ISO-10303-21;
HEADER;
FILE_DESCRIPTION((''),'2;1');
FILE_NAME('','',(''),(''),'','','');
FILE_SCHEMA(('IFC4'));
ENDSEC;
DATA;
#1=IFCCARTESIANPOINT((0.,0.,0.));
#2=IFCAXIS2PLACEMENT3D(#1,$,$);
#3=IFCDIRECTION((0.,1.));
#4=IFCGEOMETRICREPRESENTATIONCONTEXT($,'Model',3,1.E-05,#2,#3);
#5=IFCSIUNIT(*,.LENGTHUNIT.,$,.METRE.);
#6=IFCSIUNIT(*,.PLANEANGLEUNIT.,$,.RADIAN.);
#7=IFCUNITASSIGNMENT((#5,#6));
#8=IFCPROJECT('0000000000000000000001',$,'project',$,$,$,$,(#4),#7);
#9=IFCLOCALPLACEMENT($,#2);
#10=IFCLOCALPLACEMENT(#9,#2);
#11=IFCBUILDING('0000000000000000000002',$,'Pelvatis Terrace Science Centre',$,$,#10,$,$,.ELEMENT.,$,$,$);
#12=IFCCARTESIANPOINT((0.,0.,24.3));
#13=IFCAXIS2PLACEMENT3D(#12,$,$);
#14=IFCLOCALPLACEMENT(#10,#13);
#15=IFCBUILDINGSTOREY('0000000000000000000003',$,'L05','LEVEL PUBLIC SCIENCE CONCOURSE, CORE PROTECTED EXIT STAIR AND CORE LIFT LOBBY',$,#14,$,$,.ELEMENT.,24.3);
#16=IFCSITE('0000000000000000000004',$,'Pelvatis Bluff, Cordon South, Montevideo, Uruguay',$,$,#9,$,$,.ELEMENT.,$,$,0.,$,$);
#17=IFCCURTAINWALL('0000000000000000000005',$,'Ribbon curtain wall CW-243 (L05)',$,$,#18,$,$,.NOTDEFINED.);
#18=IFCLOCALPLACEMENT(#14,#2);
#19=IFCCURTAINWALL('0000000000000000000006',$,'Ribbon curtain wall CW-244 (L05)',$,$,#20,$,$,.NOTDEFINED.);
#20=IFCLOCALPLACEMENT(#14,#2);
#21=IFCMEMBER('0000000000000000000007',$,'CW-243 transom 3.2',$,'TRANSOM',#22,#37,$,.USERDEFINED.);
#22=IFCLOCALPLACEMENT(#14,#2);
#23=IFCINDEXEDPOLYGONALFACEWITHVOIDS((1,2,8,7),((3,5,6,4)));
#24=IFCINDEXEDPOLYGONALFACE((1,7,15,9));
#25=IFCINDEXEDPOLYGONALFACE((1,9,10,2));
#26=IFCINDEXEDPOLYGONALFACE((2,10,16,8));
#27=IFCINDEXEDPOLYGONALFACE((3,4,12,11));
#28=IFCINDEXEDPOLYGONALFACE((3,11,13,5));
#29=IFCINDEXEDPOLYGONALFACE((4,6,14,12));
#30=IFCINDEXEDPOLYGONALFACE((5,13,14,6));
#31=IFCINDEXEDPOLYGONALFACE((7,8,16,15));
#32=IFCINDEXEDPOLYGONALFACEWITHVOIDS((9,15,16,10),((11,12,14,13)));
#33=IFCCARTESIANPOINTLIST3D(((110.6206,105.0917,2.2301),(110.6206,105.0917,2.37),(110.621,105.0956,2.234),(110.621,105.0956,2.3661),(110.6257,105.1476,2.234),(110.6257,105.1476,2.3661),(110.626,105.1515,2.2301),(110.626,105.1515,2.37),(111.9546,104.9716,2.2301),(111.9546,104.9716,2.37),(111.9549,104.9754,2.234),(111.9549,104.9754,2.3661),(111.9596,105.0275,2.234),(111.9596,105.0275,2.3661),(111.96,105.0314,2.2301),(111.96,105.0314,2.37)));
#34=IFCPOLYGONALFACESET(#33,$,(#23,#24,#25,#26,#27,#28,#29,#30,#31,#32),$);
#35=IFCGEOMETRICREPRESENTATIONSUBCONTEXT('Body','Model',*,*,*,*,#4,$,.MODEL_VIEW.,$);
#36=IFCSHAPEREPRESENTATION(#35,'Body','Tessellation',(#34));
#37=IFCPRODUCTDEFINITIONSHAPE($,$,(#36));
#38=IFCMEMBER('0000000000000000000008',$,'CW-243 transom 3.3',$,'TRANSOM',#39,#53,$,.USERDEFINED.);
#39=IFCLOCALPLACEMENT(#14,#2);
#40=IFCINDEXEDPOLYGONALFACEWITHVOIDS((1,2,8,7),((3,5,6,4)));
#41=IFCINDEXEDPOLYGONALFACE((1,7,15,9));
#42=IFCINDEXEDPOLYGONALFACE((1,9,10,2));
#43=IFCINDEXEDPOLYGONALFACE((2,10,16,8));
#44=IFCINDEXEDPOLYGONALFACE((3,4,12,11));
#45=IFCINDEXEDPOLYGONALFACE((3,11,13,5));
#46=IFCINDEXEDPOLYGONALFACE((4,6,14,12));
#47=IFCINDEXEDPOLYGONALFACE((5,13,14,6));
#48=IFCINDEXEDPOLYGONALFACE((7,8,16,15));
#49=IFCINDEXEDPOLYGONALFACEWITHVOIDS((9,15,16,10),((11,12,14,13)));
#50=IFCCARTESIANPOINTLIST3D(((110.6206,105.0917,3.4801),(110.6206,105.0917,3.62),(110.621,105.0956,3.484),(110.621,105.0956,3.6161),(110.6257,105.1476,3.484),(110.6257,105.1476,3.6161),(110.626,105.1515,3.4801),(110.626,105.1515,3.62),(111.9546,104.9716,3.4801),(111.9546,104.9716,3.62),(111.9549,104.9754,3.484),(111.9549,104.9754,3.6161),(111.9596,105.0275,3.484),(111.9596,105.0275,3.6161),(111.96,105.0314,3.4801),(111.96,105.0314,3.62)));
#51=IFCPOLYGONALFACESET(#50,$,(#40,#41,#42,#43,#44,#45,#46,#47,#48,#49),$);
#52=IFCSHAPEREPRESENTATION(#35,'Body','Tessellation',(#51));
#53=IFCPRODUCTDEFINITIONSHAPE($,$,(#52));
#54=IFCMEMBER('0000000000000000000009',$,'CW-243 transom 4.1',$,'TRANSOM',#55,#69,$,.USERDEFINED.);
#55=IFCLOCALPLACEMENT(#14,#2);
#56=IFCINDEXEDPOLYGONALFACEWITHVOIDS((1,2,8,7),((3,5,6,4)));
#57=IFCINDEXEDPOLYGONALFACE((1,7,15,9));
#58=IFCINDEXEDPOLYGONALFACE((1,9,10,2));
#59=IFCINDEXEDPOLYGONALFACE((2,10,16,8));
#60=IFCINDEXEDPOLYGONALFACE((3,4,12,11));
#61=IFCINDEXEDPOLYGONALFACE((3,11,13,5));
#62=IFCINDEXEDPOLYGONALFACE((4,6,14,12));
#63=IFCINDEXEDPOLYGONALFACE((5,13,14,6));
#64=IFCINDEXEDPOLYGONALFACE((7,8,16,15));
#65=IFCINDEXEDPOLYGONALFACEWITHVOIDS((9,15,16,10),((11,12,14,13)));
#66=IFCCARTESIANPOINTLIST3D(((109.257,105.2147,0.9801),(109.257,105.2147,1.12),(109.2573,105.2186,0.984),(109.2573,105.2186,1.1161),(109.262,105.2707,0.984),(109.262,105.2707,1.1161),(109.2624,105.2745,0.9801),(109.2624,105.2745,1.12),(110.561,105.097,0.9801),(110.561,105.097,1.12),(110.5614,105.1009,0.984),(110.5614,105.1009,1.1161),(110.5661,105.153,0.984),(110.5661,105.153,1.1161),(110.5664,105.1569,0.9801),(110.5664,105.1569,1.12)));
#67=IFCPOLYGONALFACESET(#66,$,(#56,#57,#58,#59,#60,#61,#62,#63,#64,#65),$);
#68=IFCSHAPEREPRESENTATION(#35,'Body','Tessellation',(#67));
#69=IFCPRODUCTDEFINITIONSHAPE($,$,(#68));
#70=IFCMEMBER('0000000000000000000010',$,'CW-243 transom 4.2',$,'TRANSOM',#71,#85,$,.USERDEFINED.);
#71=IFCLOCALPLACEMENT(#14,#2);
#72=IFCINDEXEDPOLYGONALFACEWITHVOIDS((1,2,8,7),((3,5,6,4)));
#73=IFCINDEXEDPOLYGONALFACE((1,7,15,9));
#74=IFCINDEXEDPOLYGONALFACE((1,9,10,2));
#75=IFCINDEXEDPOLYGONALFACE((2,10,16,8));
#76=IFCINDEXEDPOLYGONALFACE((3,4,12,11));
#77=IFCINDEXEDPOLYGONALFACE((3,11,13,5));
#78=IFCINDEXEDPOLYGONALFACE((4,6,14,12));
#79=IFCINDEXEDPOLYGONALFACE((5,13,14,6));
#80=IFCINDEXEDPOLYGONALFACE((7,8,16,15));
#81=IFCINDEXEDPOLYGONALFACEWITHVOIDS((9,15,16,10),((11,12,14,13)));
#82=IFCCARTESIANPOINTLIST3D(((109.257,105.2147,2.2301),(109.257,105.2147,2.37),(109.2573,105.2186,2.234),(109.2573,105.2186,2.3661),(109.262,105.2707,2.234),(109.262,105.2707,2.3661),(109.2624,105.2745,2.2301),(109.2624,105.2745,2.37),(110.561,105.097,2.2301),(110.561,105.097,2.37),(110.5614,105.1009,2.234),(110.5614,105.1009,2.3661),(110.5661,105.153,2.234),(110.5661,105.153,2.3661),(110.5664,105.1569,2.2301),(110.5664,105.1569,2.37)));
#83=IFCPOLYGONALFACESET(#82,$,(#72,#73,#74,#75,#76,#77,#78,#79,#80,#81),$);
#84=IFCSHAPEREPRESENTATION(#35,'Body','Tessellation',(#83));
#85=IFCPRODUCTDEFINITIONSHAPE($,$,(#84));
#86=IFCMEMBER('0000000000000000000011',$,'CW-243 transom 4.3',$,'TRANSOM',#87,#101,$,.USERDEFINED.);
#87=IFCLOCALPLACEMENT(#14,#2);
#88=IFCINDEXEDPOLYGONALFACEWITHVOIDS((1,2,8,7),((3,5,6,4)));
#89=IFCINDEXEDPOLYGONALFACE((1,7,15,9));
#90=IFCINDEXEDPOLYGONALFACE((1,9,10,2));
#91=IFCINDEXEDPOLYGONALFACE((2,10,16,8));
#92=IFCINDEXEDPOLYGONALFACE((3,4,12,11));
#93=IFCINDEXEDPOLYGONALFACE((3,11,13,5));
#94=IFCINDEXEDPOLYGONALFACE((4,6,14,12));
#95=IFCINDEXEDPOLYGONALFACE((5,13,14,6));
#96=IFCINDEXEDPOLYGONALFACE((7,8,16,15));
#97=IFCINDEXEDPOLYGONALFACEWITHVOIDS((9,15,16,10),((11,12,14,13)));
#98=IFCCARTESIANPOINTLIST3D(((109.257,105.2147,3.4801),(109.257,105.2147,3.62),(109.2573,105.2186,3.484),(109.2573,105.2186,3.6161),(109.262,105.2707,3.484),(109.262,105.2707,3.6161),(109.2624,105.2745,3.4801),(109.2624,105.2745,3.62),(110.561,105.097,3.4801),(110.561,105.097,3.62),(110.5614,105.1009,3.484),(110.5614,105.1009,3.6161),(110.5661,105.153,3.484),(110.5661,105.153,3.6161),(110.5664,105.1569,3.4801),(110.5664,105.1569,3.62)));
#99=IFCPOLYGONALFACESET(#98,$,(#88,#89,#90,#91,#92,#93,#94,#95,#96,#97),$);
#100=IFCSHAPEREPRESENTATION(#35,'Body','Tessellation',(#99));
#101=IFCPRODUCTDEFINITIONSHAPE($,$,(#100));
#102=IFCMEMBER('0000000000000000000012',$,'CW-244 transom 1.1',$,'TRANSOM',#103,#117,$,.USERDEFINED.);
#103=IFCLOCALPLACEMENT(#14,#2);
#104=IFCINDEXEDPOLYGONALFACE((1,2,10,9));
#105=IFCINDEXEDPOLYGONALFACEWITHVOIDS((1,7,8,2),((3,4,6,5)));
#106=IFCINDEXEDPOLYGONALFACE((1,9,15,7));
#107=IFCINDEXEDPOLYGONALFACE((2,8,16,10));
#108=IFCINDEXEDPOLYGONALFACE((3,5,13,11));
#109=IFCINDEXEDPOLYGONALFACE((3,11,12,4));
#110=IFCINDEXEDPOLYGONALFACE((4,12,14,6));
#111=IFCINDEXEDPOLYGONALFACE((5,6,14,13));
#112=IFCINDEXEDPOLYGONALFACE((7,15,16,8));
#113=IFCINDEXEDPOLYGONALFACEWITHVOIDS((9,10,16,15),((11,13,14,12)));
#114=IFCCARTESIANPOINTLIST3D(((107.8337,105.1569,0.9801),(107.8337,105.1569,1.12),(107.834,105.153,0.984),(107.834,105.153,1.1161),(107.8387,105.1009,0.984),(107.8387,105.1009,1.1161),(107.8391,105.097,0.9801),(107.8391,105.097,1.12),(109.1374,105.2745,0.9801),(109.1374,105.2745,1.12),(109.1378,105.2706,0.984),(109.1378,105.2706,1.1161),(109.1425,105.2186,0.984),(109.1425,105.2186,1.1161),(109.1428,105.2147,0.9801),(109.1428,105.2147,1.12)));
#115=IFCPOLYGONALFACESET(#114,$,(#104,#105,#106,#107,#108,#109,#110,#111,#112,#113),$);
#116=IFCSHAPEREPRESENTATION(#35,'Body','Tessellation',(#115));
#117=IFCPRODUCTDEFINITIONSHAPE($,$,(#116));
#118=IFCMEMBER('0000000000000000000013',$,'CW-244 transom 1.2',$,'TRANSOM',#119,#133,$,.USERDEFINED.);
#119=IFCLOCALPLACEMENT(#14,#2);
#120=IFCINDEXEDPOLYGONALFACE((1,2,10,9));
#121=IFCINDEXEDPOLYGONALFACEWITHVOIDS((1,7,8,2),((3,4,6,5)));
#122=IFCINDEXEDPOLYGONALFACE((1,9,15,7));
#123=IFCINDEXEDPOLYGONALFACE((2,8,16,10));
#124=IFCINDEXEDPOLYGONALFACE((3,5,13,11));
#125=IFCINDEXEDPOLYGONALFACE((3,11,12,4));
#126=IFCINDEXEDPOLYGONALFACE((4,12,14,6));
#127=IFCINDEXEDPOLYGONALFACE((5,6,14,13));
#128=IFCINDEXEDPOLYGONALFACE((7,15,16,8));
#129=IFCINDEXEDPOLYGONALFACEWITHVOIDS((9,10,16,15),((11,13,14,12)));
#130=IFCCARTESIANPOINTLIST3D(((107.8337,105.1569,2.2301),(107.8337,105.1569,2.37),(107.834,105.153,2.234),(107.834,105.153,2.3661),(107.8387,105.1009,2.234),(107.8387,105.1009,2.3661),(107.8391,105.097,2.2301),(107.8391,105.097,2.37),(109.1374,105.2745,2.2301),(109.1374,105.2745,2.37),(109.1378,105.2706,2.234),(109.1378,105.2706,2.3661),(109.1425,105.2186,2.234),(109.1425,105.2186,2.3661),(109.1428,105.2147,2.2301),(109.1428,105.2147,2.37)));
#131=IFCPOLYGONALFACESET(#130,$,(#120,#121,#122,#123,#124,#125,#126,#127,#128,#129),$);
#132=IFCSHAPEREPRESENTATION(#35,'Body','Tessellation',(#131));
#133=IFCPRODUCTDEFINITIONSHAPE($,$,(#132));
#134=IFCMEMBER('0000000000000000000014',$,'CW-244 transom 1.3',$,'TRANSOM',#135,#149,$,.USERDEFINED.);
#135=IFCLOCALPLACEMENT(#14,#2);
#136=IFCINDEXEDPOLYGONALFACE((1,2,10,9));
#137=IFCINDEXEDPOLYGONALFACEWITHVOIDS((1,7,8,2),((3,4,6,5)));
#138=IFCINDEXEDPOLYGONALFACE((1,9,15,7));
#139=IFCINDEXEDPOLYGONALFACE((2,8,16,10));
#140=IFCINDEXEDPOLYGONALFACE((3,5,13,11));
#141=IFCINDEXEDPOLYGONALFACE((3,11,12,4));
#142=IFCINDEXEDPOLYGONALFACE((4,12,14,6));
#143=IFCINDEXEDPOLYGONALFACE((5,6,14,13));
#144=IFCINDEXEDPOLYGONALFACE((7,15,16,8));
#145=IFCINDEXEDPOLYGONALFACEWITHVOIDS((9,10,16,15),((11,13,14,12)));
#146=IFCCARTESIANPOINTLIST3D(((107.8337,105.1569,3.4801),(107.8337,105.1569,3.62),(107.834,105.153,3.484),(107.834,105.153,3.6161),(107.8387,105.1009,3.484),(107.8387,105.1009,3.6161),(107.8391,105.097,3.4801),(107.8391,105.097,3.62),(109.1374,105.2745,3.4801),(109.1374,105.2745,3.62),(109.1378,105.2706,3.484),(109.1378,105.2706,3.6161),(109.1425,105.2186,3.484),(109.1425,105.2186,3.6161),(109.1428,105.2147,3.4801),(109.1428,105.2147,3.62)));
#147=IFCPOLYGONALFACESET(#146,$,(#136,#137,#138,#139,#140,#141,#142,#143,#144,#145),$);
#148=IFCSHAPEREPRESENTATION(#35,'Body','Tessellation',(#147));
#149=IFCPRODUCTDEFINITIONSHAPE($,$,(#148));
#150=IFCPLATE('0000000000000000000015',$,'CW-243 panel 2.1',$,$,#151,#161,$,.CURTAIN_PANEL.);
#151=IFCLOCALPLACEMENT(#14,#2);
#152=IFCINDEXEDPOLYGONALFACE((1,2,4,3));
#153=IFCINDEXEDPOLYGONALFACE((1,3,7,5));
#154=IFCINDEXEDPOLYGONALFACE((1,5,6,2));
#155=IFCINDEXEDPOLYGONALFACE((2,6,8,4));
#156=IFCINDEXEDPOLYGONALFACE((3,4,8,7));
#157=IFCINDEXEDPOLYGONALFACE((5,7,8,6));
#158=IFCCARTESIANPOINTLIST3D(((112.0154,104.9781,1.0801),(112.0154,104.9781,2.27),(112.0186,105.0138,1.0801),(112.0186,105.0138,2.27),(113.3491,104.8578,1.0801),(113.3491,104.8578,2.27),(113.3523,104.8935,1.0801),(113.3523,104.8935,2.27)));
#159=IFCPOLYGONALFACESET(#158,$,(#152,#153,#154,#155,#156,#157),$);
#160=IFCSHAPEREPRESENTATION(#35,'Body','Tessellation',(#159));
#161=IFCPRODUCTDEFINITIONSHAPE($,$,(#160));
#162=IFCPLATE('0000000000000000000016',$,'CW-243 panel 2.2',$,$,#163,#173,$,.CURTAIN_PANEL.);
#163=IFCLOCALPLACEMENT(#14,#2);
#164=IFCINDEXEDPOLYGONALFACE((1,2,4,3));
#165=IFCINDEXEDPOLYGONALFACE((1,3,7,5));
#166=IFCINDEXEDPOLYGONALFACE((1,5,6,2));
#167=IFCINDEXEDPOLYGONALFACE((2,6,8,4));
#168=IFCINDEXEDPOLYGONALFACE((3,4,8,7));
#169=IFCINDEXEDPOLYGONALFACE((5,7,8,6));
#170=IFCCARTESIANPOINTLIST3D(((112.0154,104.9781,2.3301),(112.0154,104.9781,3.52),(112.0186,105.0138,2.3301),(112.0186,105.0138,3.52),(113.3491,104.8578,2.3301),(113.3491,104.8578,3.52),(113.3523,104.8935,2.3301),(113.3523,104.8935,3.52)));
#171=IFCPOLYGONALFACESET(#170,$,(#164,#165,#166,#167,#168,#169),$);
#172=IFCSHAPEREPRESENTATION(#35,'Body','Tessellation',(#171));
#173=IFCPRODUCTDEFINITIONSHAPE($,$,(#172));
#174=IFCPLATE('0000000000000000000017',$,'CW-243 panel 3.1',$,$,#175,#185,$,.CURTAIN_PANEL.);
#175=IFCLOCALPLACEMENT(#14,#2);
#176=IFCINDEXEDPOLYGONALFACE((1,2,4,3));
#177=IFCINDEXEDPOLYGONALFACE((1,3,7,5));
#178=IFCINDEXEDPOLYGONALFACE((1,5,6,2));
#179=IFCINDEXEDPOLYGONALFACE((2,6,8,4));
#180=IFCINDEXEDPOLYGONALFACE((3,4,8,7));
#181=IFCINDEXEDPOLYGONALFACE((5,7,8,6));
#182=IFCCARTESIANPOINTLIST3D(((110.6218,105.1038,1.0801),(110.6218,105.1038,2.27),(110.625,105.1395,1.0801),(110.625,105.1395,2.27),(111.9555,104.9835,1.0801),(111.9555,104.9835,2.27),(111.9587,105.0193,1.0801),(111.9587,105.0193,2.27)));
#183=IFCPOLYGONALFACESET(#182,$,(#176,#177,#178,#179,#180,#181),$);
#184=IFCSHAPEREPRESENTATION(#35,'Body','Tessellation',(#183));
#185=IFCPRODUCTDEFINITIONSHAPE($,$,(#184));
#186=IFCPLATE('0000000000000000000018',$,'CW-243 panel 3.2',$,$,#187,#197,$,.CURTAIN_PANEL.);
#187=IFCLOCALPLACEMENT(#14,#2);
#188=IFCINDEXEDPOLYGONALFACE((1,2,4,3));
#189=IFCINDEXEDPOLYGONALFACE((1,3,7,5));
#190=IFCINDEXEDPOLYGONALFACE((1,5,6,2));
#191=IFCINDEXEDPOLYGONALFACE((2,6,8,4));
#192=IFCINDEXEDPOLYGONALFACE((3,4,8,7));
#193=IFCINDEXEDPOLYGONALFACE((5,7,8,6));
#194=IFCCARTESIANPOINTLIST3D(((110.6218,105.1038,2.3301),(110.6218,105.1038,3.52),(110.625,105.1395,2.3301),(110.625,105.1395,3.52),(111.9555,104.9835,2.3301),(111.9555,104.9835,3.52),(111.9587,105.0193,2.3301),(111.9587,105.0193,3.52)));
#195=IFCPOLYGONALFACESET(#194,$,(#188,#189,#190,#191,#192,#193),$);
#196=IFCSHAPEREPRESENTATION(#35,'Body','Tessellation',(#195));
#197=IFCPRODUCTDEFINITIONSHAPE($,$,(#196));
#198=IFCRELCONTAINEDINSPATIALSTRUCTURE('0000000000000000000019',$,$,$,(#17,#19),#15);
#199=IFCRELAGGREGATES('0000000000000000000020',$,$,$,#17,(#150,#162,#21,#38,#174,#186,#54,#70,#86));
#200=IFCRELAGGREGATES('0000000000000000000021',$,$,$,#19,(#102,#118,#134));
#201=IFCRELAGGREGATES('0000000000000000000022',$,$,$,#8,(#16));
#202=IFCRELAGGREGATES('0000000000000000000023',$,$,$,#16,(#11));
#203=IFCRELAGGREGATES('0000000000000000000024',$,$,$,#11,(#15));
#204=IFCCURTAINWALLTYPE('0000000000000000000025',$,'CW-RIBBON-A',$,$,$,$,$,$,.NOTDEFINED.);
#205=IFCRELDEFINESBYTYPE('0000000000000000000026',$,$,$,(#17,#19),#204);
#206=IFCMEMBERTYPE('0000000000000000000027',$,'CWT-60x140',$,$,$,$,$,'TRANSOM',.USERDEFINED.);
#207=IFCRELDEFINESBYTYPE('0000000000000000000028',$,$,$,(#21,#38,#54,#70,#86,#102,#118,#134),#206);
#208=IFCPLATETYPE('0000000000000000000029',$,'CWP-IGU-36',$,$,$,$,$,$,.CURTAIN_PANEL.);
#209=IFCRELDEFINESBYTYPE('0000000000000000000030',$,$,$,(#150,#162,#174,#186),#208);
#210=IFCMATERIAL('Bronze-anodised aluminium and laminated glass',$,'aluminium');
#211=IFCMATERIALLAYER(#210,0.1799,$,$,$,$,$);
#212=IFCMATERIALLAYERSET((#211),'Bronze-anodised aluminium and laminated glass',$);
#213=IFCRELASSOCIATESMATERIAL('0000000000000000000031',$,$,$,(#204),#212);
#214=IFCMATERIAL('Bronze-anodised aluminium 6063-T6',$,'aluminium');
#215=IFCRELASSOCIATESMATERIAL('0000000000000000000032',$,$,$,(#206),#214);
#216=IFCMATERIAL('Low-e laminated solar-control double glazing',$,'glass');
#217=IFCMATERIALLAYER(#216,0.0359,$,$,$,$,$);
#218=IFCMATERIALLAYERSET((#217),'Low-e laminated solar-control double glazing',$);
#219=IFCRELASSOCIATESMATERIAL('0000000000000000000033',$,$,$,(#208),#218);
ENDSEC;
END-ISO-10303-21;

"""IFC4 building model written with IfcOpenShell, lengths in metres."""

from ifc_helpers import new_model, si_unit, direction, frame, origin, origin_2d, place, context, subcontext, project, spatial, rectangle, hollow_rectangle, extrude, material, layer, layer_set, material_profile, profile_set, type_object, element, aggregate, save


model = new_model("IFC4")

# Units and contexts
model_context = context("Model", 3, precision=1e-05, world=origin(), true_north=direction((0.0, 1.0)))
body_context = subcontext(model_context, "Body", "Model", "MODEL_VIEW")
ifc_project = project(units=[si_unit("LENGTHUNIT", "METRE"), si_unit("PLANEANGLEUNIT", "RADIAN")], contexts=[model_context])

# Site, building, storey
site_placement = place(None, origin())
site = spatial("IfcSite", under=ifc_project, at=site_placement, Name="Pelvatis Bluff, Cordon South, Montevideo, Uruguay", CompositionType="ELEMENT", RefElevation=0.0)
building_placement = place(site_placement, origin())
building = spatial("IfcBuilding", under=site, at=building_placement, Name="Pelvatis Terrace Science Centre", CompositionType="ELEMENT")
storey_placement = place(building_placement, frame((0.0, 0.0, 24.3)))
storey = spatial("IfcBuildingStorey", under=building, at=storey_placement, Name="L05", Description="LEVEL PUBLIC SCIENCE CONCOURSE, CORE PROTECTED EXIT STAIR AND CORE LIFT LOBBY", CompositionType="ELEMENT", Elevation=24.3)

# Curtain wall
ifc_material_1 = material(Name="Bronze-anodised aluminium and laminated glass", Category="aluminium")
ifc_layer_1 = layer(ifc_material_1, 0.1799)
ifc_layer_set_1 = layer_set([ifc_layer_1], Name="Bronze-anodised aluminium and laminated glass")
curtain_wall_type = type_object("IfcCurtainWallType", Name="CW-RIBBON-A", PredefinedType="NOTDEFINED", material=ifc_layer_set_1)
curtain_wall_1_placement = place(storey_placement, origin())
curtain_wall_1 = element("IfcCurtainWall", 1, at=curtain_wall_1_placement, inside=storey, type_object=curtain_wall_type, Name="Ribbon curtain wall CW-243 (L05)", PredefinedType="NOTDEFINED")

# Curtain wall
curtain_wall_2_placement = place(storey_placement, origin())
curtain_wall_2 = element("IfcCurtainWall", 2, at=curtain_wall_2_placement, inside=storey, type_object=curtain_wall_type, Name="Ribbon curtain wall CW-244 (L05)", PredefinedType="NOTDEFINED")

# Members
ifc_material_2 = material(Name="Bronze-anodised aluminium 6063-T6", Category="aluminium")
ifc_material_profile_1 = material_profile(ifc_material_2, hollow_rectangle(XDim=0.0601, YDim=0.1399, WallThickness=0.0039, at=origin_2d()), Name="ALU-TRN 60x140")
ifc_profile_set_1 = profile_set([ifc_material_profile_1], Name="Bronze-anodised aluminium 6063-T6")
member_type_1 = type_object("IfcMemberType", Name="CWT-60x140", ElementType="TRANSOM", PredefinedType="USERDEFINED", material=ifc_profile_set_1)
member_1_placement = place(storey_placement, frame((111.9573, 105.0015, 2.3), z_axis=(-0.995971, 0.089681, 0.0), x_axis=(-0.089681, -0.995971, 0.0)))
member_1 = element("IfcMember", 3, at=member_1_placement, type_object=member_type_1, Name="CW-243 transom 3.2", ObjectType="TRANSOM", PredefinedType="USERDEFINED", context=body_context, shape_type="SweptSolid", body=[
    extrude(hollow_rectangle(XDim=0.0601, YDim=0.1399, WallThickness=0.0039, at=origin_2d()), origin(), (0.0, 0.0, 1.0), 1.3394),
])
member_2_placement = place(storey_placement, frame((111.9573, 105.0015, 3.55), z_axis=(-0.995971, 0.089681, 0.0), x_axis=(-0.089681, -0.995971, 0.0)))
member_2 = element("IfcMember", 4, at=member_2_placement, type_object=member_type_1, Name="CW-243 transom 3.3", ObjectType="TRANSOM", PredefinedType="USERDEFINED", context=body_context, shape_type="SweptSolid", body=[
    extrude(hollow_rectangle(XDim=0.0601, YDim=0.1399, WallThickness=0.0039, at=origin_2d()), origin(), (0.0, 0.0, 1.0), 1.3394),
])
member_3_placement = place(storey_placement, frame((110.5637, 105.127, 1.05), z_axis=(-0.995953, 0.08988, 0.0), x_axis=(-0.08988, -0.995953, 0.0)))
member_3 = element("IfcMember", 5, at=member_3_placement, type_object=member_type_1, Name="CW-243 transom 4.1", ObjectType="TRANSOM", PredefinedType="USERDEFINED", context=body_context, shape_type="SweptSolid", body=[
    extrude(hollow_rectangle(XDim=0.0601, YDim=0.1399, WallThickness=0.0039, at=origin_2d()), origin(), (0.0, 0.0, 1.0), 1.3093),
])
member_4_placement = place(storey_placement, frame((110.5637, 105.127, 2.3), z_axis=(-0.995953, 0.08988, 0.0), x_axis=(-0.08988, -0.995953, 0.0)))
member_4 = element("IfcMember", 6, at=member_4_placement, type_object=member_type_1, Name="CW-243 transom 4.2", ObjectType="TRANSOM", PredefinedType="USERDEFINED", context=body_context, shape_type="SweptSolid", body=[
    extrude(hollow_rectangle(XDim=0.0601, YDim=0.1399, WallThickness=0.0039, at=origin_2d()), origin(), (0.0, 0.0, 1.0), 1.3093),
])
member_5_placement = place(storey_placement, frame((110.5637, 105.127, 3.55), z_axis=(-0.995953, 0.08988, 0.0), x_axis=(-0.08988, -0.995953, 0.0)))
member_5 = element("IfcMember", 7, at=member_5_placement, type_object=member_type_1, Name="CW-243 transom 4.3", ObjectType="TRANSOM", PredefinedType="USERDEFINED", context=body_context, shape_type="SweptSolid", body=[
    extrude(hollow_rectangle(XDim=0.0601, YDim=0.1399, WallThickness=0.0039, at=origin_2d()), origin(), (0.0, 0.0, 1.0), 1.3093),
])
member_6_placement = place(storey_placement, frame((109.1401, 105.2446, 1.05), z_axis=(-0.995951, -0.089897, 0.0), x_axis=(0.089897, -0.995951, 0.0)))
member_6 = element("IfcMember", 8, at=member_6_placement, type_object=member_type_1, Name="CW-244 transom 1.1", ObjectType="TRANSOM", PredefinedType="USERDEFINED", context=body_context, shape_type="SweptSolid", body=[
    extrude(hollow_rectangle(XDim=0.0601, YDim=0.1399, WallThickness=0.0039, at=origin_2d()), origin(), (0.0, 0.0, 1.0), 1.3091),
])
member_7_placement = place(storey_placement, frame((109.1401, 105.2446, 2.3), z_axis=(-0.995951, -0.089897, 0.0), x_axis=(0.089897, -0.995951, 0.0)))
member_7 = element("IfcMember", 9, at=member_7_placement, type_object=member_type_1, Name="CW-244 transom 1.2", ObjectType="TRANSOM", PredefinedType="USERDEFINED", context=body_context, shape_type="SweptSolid", body=[
    extrude(hollow_rectangle(XDim=0.0601, YDim=0.1399, WallThickness=0.0039, at=origin_2d()), origin(), (0.0, 0.0, 1.0), 1.3091),
])
member_8_placement = place(storey_placement, frame((109.1401, 105.2446, 3.55), z_axis=(-0.995951, -0.089897, 0.0), x_axis=(0.089897, -0.995951, 0.0)))
member_8 = element("IfcMember", 10, at=member_8_placement, type_object=member_type_1, Name="CW-244 transom 1.3", ObjectType="TRANSOM", PredefinedType="USERDEFINED", context=body_context, shape_type="SweptSolid", body=[
    extrude(hollow_rectangle(XDim=0.0601, YDim=0.1399, WallThickness=0.0039, at=origin_2d()), origin(), (0.0, 0.0, 1.0), 1.3091),
])

# Plates
ifc_material_3 = material(Name="Low-e laminated solar-control double glazing", Category="glass")
ifc_layer_2 = layer(ifc_material_3, 0.0359)
ifc_layer_set_2 = layer_set([ifc_layer_2], Name="Low-e laminated solar-control double glazing")
plate_type = type_object("IfcPlateType", Name="CWP-IGU-36", PredefinedType="CURTAIN_PANEL", material=ifc_layer_set_2)
plate_1_placement = place(storey_placement, frame((112.6838, 104.9358, 1.0801), z_axis=(0.0, 0.0, 1.0), x_axis=(-0.995958, 0.08982, 0.0)))
plate_1 = element("IfcPlate", 11, at=plate_1_placement, type_object=plate_type, Name="CW-243 panel 2.1", PredefinedType="CURTAIN_PANEL", context=body_context, shape_type="SweptSolid", body=[
    extrude(rectangle(XDim=1.3391, YDim=0.0359, at=origin_2d()), origin(), (0.0, 0.0, 1.0), 1.1899),
])
plate_2_placement = place(storey_placement, frame((112.6838, 104.9358, 2.3301), z_axis=(0.0, 0.0, 1.0), x_axis=(-0.995958, 0.08982, 0.0)))
plate_2 = element("IfcPlate", 12, at=plate_2_placement, type_object=plate_type, Name="CW-243 panel 2.2", PredefinedType="CURTAIN_PANEL", context=body_context, shape_type="SweptSolid", body=[
    extrude(rectangle(XDim=1.3391, YDim=0.0359, at=origin_2d()), origin(), (0.0, 0.0, 1.0), 1.1899),
])
plate_3_placement = place(storey_placement, frame((111.2903, 105.0615, 1.0801), z_axis=(0.0, 0.0, 1.0), x_axis=(-0.995958, 0.08982, 0.0)))
plate_3 = element("IfcPlate", 13, at=plate_3_placement, type_object=plate_type, Name="CW-243 panel 3.1", PredefinedType="CURTAIN_PANEL", context=body_context, shape_type="SweptSolid", body=[
    extrude(rectangle(XDim=1.3391, YDim=0.0359, at=origin_2d()), origin(), (0.0, 0.0, 1.0), 1.1899),
])
plate_4_placement = place(storey_placement, frame((111.2903, 105.0615, 2.3301), z_axis=(0.0, 0.0, 1.0), x_axis=(-0.995958, 0.08982, 0.0)))
plate_4 = element("IfcPlate", 14, at=plate_4_placement, type_object=plate_type, Name="CW-243 panel 3.2", PredefinedType="CURTAIN_PANEL", context=body_context, shape_type="SweptSolid", body=[
    extrude(rectangle(XDim=1.3391, YDim=0.0359, at=origin_2d()), origin(), (0.0, 0.0, 1.0), 1.1899),
])
aggregate(curtain_wall_1, [plate_1, plate_2, member_1, member_2, plate_3, plate_4, member_3, member_4, member_5])
aggregate(curtain_wall_2, [member_6, member_7, member_8])

save(model, "model.ifc")
